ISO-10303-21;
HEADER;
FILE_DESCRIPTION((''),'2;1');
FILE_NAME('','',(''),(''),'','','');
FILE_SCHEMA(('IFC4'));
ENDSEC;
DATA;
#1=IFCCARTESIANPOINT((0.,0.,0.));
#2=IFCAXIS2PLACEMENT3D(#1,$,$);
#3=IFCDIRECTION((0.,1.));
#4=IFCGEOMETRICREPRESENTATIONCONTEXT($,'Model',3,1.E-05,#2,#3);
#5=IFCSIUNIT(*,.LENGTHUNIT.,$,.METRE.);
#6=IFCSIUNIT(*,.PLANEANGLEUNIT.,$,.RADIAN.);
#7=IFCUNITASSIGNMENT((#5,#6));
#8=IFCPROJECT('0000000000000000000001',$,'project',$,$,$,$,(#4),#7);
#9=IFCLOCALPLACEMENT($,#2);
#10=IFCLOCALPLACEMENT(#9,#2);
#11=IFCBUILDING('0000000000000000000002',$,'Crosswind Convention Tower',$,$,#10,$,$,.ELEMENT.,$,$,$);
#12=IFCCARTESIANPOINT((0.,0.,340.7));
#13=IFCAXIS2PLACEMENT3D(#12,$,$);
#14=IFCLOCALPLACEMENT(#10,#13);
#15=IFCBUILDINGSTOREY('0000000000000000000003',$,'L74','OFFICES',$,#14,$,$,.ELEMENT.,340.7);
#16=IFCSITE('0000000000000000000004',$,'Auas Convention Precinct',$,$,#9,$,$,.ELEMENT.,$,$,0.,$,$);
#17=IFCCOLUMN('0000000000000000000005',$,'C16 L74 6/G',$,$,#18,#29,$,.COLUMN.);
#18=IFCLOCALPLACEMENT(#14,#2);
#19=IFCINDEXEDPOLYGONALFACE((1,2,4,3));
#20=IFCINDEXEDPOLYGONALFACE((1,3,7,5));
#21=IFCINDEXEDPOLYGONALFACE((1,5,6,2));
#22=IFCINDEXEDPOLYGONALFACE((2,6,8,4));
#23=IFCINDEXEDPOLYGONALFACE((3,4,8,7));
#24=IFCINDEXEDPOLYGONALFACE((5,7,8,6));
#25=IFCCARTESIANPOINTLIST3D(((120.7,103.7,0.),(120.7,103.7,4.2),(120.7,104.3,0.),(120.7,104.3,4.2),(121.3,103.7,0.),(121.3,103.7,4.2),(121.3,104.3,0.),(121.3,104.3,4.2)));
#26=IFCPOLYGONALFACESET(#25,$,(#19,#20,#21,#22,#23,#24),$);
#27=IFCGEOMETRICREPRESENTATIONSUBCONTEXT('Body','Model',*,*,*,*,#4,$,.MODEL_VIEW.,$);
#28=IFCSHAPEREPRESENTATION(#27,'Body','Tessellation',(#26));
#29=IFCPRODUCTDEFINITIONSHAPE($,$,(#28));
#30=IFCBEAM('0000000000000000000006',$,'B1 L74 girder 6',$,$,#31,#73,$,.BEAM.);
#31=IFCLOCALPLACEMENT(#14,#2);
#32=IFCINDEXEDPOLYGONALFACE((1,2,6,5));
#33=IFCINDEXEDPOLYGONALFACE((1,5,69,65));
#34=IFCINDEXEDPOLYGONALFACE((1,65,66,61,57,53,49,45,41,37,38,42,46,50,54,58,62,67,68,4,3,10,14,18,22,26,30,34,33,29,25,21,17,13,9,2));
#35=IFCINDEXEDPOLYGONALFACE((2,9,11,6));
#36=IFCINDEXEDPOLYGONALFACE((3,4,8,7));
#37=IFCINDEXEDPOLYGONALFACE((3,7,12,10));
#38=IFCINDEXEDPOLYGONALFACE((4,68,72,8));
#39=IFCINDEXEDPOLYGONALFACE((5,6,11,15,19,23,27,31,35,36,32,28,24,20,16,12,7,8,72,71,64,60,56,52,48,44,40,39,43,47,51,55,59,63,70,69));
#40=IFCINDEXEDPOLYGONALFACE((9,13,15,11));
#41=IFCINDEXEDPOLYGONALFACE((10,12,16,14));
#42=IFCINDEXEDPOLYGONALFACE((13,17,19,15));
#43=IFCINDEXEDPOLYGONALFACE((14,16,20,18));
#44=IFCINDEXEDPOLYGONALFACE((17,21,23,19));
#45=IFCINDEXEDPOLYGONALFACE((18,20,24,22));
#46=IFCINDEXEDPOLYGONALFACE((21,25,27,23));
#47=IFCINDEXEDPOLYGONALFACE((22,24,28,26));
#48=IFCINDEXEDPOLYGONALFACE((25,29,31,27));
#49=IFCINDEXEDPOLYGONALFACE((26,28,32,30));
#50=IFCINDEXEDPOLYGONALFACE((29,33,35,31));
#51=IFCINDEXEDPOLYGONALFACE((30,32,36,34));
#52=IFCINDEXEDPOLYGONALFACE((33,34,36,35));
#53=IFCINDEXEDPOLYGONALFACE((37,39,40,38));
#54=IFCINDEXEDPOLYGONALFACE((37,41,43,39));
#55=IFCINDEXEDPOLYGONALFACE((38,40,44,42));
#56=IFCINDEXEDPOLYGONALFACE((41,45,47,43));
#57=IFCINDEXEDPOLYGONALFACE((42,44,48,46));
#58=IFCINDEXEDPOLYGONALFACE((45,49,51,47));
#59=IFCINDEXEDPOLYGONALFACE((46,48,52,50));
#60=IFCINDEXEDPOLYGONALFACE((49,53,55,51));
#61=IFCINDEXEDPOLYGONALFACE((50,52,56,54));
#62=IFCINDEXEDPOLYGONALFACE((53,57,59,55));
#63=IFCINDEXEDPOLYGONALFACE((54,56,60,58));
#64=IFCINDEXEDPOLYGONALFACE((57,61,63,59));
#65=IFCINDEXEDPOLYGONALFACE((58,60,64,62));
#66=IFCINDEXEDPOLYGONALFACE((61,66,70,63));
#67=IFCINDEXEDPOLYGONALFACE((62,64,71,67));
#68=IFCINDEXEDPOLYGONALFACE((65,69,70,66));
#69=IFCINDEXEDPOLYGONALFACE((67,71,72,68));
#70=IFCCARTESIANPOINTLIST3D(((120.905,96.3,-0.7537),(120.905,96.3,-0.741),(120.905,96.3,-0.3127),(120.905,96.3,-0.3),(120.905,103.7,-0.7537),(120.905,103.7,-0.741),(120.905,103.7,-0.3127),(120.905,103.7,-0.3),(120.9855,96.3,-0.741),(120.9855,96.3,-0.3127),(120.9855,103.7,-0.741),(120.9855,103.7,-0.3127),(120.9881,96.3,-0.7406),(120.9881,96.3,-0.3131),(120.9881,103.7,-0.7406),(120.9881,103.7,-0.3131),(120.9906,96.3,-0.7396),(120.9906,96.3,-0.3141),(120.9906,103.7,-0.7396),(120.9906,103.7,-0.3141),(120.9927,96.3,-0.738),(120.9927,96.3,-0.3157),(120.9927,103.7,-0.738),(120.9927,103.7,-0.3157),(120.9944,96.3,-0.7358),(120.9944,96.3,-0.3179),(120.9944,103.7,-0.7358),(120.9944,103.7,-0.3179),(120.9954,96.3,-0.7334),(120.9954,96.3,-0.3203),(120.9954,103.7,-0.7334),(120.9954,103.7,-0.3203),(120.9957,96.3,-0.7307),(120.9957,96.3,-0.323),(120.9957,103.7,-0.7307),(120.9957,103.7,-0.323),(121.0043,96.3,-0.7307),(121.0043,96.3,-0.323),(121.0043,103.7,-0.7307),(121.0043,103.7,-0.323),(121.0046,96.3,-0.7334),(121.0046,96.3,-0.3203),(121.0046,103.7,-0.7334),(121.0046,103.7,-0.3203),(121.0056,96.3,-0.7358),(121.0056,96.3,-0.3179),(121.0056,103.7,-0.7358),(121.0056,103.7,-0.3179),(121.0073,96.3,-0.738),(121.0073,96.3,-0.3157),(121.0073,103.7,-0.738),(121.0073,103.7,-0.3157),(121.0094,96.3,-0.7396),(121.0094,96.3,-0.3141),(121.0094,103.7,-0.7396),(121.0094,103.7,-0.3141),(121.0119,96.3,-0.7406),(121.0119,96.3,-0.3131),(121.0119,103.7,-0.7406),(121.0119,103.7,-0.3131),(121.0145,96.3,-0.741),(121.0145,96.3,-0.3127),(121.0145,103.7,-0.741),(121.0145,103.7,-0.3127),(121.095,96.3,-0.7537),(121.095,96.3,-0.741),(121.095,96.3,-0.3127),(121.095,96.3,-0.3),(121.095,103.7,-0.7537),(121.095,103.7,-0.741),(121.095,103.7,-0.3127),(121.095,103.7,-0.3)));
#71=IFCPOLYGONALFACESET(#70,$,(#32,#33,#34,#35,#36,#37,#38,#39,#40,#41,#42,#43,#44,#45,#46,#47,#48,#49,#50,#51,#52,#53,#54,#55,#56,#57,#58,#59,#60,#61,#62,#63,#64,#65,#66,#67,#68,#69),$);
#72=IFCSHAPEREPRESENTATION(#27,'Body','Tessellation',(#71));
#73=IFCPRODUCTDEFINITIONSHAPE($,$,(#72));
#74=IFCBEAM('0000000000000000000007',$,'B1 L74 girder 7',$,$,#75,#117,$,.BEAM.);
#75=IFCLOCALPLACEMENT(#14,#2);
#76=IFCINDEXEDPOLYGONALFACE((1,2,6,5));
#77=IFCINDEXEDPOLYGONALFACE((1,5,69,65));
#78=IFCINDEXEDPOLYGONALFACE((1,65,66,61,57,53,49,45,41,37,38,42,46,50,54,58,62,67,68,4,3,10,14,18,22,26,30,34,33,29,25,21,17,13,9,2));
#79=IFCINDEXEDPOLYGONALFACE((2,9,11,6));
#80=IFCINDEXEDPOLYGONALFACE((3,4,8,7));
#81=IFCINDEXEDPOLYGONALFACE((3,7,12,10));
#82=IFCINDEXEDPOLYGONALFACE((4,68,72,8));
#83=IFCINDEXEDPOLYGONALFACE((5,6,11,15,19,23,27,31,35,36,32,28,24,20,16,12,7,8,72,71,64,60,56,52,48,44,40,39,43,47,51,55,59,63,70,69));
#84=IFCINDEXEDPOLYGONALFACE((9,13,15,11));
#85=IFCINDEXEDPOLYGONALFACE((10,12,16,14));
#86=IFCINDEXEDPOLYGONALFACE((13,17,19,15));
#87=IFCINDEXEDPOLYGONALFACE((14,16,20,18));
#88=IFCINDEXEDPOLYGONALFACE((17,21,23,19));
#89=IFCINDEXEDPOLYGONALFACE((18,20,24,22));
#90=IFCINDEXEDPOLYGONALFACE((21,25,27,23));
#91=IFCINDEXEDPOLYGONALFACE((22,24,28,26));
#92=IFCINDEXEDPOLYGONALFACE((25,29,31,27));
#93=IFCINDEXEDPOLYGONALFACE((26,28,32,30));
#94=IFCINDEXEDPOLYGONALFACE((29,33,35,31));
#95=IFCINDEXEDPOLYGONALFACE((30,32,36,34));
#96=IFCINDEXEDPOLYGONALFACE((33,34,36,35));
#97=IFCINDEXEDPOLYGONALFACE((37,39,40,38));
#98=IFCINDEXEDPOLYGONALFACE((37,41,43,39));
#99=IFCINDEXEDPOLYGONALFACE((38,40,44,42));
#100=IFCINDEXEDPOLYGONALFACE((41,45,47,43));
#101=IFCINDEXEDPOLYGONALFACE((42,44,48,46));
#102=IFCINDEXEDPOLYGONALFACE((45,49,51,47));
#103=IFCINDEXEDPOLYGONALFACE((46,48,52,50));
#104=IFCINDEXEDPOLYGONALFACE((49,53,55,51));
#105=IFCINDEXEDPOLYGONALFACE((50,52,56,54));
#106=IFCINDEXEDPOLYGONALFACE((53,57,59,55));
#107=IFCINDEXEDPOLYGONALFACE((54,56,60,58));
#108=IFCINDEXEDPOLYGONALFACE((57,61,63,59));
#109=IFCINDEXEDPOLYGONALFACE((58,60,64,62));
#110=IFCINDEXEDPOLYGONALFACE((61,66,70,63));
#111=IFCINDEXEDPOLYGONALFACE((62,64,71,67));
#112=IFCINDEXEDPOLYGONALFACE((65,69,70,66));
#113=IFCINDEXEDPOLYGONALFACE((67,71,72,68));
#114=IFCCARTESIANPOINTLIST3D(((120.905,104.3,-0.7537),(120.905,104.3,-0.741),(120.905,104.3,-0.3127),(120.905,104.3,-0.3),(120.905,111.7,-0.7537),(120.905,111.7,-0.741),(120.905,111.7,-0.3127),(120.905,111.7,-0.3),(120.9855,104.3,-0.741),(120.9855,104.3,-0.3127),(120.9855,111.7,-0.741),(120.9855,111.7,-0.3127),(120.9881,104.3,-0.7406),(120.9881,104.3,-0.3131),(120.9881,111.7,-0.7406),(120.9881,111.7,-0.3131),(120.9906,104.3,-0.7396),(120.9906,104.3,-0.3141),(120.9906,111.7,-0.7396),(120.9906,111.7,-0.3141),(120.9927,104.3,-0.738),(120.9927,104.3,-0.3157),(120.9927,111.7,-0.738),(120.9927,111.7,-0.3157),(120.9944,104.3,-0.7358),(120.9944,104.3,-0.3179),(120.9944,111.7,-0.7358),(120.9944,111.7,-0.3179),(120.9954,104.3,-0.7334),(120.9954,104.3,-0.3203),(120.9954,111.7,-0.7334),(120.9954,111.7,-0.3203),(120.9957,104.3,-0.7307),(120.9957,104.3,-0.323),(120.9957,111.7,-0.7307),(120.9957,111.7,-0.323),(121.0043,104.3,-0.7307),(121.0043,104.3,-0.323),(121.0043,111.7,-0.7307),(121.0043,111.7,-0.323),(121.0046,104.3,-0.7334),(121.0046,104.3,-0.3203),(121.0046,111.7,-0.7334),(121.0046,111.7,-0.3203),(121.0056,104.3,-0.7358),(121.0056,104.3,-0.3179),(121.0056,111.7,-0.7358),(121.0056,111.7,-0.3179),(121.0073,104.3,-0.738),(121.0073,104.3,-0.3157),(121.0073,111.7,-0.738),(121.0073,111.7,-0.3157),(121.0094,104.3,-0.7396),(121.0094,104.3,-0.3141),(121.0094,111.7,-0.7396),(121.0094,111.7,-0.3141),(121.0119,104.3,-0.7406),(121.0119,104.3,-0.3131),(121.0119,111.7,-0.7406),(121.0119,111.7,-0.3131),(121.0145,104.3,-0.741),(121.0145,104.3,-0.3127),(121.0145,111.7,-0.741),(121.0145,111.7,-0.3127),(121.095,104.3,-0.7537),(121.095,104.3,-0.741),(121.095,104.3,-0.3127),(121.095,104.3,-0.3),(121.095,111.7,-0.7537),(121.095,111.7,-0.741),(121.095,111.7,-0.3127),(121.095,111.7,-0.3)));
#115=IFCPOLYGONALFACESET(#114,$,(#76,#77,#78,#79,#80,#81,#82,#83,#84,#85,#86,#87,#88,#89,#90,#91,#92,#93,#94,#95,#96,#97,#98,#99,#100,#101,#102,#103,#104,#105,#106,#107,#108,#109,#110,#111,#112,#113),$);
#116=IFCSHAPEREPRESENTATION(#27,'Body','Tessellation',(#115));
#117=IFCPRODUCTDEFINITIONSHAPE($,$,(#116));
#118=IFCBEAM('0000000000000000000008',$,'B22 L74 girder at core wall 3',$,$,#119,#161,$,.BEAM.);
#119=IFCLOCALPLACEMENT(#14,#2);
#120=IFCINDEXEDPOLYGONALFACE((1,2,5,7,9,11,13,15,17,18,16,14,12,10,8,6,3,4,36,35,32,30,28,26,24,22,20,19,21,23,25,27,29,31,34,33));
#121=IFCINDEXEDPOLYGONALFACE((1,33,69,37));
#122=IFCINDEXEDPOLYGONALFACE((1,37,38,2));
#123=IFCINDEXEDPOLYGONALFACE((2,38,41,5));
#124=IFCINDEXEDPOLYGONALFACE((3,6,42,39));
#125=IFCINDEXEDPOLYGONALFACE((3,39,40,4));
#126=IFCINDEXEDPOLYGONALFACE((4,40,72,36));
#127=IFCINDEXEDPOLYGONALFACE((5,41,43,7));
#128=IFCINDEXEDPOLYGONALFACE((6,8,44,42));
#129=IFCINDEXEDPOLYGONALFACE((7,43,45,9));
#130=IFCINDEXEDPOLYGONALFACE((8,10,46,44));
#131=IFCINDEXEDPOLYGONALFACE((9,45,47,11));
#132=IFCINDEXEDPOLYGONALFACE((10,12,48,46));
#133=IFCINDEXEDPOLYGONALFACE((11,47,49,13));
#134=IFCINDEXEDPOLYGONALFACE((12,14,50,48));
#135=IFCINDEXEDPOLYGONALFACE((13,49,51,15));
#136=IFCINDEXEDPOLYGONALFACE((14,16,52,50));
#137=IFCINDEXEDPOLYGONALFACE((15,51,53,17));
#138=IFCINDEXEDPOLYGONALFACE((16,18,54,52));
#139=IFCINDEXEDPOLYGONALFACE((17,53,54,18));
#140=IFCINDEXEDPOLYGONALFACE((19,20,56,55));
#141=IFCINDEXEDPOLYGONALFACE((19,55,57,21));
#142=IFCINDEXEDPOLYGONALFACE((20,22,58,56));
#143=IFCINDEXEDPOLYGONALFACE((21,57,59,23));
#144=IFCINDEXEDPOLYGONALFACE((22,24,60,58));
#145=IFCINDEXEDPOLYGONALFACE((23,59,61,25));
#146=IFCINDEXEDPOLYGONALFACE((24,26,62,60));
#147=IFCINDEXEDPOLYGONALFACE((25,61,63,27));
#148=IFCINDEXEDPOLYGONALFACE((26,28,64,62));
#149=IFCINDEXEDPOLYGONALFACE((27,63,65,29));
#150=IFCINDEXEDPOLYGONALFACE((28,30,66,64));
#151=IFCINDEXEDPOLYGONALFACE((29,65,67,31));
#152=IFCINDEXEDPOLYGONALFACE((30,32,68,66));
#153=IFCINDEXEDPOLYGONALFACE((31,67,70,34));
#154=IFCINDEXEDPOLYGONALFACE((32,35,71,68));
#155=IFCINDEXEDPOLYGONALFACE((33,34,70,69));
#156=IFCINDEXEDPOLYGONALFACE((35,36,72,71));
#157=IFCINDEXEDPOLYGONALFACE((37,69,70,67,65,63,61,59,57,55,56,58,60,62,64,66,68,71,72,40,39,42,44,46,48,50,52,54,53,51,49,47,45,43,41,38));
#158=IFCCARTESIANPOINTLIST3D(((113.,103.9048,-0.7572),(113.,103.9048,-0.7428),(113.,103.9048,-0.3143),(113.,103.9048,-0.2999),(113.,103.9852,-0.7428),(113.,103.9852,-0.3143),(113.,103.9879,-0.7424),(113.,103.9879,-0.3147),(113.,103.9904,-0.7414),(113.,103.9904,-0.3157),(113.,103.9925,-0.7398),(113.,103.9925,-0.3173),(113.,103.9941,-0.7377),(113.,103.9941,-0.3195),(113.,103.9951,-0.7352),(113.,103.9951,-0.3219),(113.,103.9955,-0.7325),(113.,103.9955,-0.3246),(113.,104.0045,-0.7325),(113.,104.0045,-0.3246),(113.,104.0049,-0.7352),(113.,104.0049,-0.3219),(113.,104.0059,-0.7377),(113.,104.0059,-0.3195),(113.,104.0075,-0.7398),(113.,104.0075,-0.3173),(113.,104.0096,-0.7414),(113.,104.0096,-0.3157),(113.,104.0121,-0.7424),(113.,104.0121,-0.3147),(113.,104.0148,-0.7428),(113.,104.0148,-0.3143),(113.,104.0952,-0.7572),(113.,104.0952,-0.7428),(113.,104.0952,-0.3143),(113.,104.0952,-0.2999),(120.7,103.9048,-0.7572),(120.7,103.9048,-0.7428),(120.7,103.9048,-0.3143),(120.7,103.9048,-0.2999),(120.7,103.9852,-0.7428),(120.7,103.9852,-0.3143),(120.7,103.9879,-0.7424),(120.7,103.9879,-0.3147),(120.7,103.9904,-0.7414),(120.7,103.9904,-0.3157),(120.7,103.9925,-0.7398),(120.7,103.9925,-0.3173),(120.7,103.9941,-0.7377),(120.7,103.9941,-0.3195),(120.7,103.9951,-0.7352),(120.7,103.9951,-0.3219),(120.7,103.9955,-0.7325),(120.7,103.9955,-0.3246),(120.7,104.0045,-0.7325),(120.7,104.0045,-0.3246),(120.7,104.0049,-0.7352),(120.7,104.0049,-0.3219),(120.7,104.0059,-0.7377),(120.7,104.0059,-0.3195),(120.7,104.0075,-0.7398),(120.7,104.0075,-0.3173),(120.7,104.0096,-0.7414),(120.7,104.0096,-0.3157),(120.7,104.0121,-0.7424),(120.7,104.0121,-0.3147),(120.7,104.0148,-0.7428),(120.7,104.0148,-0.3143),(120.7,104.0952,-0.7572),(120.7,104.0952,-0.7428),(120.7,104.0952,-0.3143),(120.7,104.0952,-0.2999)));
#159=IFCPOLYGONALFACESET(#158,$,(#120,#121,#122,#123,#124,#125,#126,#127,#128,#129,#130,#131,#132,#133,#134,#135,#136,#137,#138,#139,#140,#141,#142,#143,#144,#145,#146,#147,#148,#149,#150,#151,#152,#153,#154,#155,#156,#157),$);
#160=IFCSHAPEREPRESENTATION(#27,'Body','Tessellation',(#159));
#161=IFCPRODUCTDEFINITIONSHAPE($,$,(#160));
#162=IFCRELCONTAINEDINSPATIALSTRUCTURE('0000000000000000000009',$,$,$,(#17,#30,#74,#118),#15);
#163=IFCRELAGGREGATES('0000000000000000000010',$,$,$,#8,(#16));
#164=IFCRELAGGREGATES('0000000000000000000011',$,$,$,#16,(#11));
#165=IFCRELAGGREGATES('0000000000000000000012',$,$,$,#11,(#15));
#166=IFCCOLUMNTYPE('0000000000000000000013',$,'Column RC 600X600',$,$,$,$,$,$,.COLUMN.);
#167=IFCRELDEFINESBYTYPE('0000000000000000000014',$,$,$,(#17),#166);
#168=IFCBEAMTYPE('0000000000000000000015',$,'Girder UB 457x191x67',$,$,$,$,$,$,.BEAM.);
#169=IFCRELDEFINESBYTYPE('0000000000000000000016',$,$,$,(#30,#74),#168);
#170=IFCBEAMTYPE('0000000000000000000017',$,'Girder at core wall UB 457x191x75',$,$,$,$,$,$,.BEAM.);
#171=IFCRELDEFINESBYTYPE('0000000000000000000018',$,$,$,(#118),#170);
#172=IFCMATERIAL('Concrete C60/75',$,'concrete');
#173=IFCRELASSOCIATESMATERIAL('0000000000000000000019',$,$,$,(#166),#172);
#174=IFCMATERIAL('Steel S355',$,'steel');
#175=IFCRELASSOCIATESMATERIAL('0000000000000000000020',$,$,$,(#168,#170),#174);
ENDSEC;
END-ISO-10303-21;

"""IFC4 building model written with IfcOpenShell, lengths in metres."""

from ifc_helpers import new_model, si_unit, direction, frame, origin, origin_2d, place, context, subcontext, project, spatial, rectangle, i_section, extrude, material, material_profile, profile_set, type_object, element, save


model = new_model("IFC4")

# Units and contexts
model_context = context("Model", 3, precision=1e-05, world=origin(), true_north=direction((0.0, 1.0)))
body_context = subcontext(model_context, "Body", "Model", "MODEL_VIEW")
ifc_project = project(units=[si_unit("LENGTHUNIT", "METRE"), si_unit("PLANEANGLEUNIT", "RADIAN")], contexts=[model_context])

# Site, building, storey
site_placement = place(None, origin())
site = spatial("IfcSite", under=ifc_project, at=site_placement, Name="Auas Convention Precinct", CompositionType="ELEMENT", RefElevation=0.0)
building_placement = place(site_placement, origin())
building = spatial("IfcBuilding", under=site, at=building_placement, Name="Crosswind Convention Tower", CompositionType="ELEMENT")
storey_placement = place(building_placement, frame((0.0, 0.0, 340.7)))
storey = spatial("IfcBuildingStorey", under=building, at=storey_placement, Name="L74", Description="OFFICES", CompositionType="ELEMENT", Elevation=340.7)

# Column
ifc_material_1 = material(Name="Concrete C60/75", Category="concrete")
ifc_material_profile_1 = material_profile(ifc_material_1, rectangle(XDim=0.6001, YDim=0.6001, at=origin_2d()), Name="RC 600X600")
ifc_profile_set_1 = profile_set([ifc_material_profile_1], Name="Concrete C60/75")
column_type = type_object("IfcColumnType", Name="Column RC 600X600", PredefinedType="COLUMN", material=ifc_profile_set_1)
column_placement = place(storey_placement, frame((121.0, 104.0, 0.0), z_axis=(0.0, 0.0, 1.0), x_axis=(1.0, 0.0, 0.0)))
element("IfcColumn", 1, at=column_placement, inside=storey, type_object=column_type, Name="C16 L74 6/G", PredefinedType="COLUMN", context=body_context, shape_type="SweptSolid", body=[
    extrude(rectangle(XDim=0.6001, YDim=0.6001, at=origin_2d()), origin(), (0.0, 0.0, 1.0), 4.2),
])

# Beams
ifc_material_2 = material(Name="Steel S355", Category="steel")
ifc_material_profile_2 = material_profile(ifc_material_2, i_section(OverallWidth=0.1899, OverallDepth=0.4536, WebThickness=0.0085, FlangeThickness=0.0127, FilletRadius=0.0103, at=origin_2d()), Name="UB 457x191x67")
ifc_profile_set_2 = profile_set([ifc_material_profile_2], Name="Steel S355")
beam_type_1 = type_object("IfcBeamType", Name="Girder UB 457x191x67", PredefinedType="BEAM", material=ifc_profile_set_2)
for number, where, z_axis, x_axis, name in (
    (2, (121.0, 96.3, -0.5269), (0.0, 1.0, 0.0), (-1.0, 0.0, 0.0), "B1 L74 girder 6"),
    (3, (121.0, 104.3, -0.5269), (0.0, 1.0, 0.0), (-1.0, 0.0, 0.0), "B1 L74 girder 7"),
):
    element("IfcBeam", number, at=place(storey_placement, frame(where, z_axis=z_axis, x_axis=x_axis)), inside=storey, type_object=beam_type_1, Name=name, PredefinedType="BEAM", context=body_context, shape_type="SweptSolid", body=[
        extrude(i_section(OverallWidth=0.1899, OverallDepth=0.4536, WebThickness=0.0085, FlangeThickness=0.0127, FilletRadius=0.0103, at=origin_2d()), origin(), (0.0, 0.0, 1.0), 7.3999),
    ])
ifc_material_profile_3 = material_profile(ifc_material_2, i_section(OverallWidth=0.1904, OverallDepth=0.4573, WebThickness=0.009, FlangeThickness=0.0144, FilletRadius=0.0103, at=origin_2d()), Name="UB 457x191x75")
ifc_profile_set_3 = profile_set([ifc_material_profile_3], Name="Steel S355")
beam_type_2 = type_object("IfcBeamType", Name="Girder at core wall UB 457x191x75", PredefinedType="BEAM", material=ifc_profile_set_3)
for number, where, z_axis, x_axis, name in (
    (4, (113.0, 104.0, -0.5286), (1.0, 0.0, 0.0), (0.0, 1.0, 0.0), "B22 L74 girder at core wall 3"),
):
    element("IfcBeam", number, at=place(storey_placement, frame(where, z_axis=z_axis, x_axis=x_axis)), inside=storey, type_object=beam_type_2, Name=name, PredefinedType="BEAM", context=body_context, shape_type="SweptSolid", body=[
        extrude(i_section(OverallWidth=0.1904, OverallDepth=0.4573, WebThickness=0.009, FlangeThickness=0.0144, FilletRadius=0.0103, at=origin_2d()), origin(), (0.0, 0.0, 1.0), 7.7),
    ])

save(model, "model.ifc")
